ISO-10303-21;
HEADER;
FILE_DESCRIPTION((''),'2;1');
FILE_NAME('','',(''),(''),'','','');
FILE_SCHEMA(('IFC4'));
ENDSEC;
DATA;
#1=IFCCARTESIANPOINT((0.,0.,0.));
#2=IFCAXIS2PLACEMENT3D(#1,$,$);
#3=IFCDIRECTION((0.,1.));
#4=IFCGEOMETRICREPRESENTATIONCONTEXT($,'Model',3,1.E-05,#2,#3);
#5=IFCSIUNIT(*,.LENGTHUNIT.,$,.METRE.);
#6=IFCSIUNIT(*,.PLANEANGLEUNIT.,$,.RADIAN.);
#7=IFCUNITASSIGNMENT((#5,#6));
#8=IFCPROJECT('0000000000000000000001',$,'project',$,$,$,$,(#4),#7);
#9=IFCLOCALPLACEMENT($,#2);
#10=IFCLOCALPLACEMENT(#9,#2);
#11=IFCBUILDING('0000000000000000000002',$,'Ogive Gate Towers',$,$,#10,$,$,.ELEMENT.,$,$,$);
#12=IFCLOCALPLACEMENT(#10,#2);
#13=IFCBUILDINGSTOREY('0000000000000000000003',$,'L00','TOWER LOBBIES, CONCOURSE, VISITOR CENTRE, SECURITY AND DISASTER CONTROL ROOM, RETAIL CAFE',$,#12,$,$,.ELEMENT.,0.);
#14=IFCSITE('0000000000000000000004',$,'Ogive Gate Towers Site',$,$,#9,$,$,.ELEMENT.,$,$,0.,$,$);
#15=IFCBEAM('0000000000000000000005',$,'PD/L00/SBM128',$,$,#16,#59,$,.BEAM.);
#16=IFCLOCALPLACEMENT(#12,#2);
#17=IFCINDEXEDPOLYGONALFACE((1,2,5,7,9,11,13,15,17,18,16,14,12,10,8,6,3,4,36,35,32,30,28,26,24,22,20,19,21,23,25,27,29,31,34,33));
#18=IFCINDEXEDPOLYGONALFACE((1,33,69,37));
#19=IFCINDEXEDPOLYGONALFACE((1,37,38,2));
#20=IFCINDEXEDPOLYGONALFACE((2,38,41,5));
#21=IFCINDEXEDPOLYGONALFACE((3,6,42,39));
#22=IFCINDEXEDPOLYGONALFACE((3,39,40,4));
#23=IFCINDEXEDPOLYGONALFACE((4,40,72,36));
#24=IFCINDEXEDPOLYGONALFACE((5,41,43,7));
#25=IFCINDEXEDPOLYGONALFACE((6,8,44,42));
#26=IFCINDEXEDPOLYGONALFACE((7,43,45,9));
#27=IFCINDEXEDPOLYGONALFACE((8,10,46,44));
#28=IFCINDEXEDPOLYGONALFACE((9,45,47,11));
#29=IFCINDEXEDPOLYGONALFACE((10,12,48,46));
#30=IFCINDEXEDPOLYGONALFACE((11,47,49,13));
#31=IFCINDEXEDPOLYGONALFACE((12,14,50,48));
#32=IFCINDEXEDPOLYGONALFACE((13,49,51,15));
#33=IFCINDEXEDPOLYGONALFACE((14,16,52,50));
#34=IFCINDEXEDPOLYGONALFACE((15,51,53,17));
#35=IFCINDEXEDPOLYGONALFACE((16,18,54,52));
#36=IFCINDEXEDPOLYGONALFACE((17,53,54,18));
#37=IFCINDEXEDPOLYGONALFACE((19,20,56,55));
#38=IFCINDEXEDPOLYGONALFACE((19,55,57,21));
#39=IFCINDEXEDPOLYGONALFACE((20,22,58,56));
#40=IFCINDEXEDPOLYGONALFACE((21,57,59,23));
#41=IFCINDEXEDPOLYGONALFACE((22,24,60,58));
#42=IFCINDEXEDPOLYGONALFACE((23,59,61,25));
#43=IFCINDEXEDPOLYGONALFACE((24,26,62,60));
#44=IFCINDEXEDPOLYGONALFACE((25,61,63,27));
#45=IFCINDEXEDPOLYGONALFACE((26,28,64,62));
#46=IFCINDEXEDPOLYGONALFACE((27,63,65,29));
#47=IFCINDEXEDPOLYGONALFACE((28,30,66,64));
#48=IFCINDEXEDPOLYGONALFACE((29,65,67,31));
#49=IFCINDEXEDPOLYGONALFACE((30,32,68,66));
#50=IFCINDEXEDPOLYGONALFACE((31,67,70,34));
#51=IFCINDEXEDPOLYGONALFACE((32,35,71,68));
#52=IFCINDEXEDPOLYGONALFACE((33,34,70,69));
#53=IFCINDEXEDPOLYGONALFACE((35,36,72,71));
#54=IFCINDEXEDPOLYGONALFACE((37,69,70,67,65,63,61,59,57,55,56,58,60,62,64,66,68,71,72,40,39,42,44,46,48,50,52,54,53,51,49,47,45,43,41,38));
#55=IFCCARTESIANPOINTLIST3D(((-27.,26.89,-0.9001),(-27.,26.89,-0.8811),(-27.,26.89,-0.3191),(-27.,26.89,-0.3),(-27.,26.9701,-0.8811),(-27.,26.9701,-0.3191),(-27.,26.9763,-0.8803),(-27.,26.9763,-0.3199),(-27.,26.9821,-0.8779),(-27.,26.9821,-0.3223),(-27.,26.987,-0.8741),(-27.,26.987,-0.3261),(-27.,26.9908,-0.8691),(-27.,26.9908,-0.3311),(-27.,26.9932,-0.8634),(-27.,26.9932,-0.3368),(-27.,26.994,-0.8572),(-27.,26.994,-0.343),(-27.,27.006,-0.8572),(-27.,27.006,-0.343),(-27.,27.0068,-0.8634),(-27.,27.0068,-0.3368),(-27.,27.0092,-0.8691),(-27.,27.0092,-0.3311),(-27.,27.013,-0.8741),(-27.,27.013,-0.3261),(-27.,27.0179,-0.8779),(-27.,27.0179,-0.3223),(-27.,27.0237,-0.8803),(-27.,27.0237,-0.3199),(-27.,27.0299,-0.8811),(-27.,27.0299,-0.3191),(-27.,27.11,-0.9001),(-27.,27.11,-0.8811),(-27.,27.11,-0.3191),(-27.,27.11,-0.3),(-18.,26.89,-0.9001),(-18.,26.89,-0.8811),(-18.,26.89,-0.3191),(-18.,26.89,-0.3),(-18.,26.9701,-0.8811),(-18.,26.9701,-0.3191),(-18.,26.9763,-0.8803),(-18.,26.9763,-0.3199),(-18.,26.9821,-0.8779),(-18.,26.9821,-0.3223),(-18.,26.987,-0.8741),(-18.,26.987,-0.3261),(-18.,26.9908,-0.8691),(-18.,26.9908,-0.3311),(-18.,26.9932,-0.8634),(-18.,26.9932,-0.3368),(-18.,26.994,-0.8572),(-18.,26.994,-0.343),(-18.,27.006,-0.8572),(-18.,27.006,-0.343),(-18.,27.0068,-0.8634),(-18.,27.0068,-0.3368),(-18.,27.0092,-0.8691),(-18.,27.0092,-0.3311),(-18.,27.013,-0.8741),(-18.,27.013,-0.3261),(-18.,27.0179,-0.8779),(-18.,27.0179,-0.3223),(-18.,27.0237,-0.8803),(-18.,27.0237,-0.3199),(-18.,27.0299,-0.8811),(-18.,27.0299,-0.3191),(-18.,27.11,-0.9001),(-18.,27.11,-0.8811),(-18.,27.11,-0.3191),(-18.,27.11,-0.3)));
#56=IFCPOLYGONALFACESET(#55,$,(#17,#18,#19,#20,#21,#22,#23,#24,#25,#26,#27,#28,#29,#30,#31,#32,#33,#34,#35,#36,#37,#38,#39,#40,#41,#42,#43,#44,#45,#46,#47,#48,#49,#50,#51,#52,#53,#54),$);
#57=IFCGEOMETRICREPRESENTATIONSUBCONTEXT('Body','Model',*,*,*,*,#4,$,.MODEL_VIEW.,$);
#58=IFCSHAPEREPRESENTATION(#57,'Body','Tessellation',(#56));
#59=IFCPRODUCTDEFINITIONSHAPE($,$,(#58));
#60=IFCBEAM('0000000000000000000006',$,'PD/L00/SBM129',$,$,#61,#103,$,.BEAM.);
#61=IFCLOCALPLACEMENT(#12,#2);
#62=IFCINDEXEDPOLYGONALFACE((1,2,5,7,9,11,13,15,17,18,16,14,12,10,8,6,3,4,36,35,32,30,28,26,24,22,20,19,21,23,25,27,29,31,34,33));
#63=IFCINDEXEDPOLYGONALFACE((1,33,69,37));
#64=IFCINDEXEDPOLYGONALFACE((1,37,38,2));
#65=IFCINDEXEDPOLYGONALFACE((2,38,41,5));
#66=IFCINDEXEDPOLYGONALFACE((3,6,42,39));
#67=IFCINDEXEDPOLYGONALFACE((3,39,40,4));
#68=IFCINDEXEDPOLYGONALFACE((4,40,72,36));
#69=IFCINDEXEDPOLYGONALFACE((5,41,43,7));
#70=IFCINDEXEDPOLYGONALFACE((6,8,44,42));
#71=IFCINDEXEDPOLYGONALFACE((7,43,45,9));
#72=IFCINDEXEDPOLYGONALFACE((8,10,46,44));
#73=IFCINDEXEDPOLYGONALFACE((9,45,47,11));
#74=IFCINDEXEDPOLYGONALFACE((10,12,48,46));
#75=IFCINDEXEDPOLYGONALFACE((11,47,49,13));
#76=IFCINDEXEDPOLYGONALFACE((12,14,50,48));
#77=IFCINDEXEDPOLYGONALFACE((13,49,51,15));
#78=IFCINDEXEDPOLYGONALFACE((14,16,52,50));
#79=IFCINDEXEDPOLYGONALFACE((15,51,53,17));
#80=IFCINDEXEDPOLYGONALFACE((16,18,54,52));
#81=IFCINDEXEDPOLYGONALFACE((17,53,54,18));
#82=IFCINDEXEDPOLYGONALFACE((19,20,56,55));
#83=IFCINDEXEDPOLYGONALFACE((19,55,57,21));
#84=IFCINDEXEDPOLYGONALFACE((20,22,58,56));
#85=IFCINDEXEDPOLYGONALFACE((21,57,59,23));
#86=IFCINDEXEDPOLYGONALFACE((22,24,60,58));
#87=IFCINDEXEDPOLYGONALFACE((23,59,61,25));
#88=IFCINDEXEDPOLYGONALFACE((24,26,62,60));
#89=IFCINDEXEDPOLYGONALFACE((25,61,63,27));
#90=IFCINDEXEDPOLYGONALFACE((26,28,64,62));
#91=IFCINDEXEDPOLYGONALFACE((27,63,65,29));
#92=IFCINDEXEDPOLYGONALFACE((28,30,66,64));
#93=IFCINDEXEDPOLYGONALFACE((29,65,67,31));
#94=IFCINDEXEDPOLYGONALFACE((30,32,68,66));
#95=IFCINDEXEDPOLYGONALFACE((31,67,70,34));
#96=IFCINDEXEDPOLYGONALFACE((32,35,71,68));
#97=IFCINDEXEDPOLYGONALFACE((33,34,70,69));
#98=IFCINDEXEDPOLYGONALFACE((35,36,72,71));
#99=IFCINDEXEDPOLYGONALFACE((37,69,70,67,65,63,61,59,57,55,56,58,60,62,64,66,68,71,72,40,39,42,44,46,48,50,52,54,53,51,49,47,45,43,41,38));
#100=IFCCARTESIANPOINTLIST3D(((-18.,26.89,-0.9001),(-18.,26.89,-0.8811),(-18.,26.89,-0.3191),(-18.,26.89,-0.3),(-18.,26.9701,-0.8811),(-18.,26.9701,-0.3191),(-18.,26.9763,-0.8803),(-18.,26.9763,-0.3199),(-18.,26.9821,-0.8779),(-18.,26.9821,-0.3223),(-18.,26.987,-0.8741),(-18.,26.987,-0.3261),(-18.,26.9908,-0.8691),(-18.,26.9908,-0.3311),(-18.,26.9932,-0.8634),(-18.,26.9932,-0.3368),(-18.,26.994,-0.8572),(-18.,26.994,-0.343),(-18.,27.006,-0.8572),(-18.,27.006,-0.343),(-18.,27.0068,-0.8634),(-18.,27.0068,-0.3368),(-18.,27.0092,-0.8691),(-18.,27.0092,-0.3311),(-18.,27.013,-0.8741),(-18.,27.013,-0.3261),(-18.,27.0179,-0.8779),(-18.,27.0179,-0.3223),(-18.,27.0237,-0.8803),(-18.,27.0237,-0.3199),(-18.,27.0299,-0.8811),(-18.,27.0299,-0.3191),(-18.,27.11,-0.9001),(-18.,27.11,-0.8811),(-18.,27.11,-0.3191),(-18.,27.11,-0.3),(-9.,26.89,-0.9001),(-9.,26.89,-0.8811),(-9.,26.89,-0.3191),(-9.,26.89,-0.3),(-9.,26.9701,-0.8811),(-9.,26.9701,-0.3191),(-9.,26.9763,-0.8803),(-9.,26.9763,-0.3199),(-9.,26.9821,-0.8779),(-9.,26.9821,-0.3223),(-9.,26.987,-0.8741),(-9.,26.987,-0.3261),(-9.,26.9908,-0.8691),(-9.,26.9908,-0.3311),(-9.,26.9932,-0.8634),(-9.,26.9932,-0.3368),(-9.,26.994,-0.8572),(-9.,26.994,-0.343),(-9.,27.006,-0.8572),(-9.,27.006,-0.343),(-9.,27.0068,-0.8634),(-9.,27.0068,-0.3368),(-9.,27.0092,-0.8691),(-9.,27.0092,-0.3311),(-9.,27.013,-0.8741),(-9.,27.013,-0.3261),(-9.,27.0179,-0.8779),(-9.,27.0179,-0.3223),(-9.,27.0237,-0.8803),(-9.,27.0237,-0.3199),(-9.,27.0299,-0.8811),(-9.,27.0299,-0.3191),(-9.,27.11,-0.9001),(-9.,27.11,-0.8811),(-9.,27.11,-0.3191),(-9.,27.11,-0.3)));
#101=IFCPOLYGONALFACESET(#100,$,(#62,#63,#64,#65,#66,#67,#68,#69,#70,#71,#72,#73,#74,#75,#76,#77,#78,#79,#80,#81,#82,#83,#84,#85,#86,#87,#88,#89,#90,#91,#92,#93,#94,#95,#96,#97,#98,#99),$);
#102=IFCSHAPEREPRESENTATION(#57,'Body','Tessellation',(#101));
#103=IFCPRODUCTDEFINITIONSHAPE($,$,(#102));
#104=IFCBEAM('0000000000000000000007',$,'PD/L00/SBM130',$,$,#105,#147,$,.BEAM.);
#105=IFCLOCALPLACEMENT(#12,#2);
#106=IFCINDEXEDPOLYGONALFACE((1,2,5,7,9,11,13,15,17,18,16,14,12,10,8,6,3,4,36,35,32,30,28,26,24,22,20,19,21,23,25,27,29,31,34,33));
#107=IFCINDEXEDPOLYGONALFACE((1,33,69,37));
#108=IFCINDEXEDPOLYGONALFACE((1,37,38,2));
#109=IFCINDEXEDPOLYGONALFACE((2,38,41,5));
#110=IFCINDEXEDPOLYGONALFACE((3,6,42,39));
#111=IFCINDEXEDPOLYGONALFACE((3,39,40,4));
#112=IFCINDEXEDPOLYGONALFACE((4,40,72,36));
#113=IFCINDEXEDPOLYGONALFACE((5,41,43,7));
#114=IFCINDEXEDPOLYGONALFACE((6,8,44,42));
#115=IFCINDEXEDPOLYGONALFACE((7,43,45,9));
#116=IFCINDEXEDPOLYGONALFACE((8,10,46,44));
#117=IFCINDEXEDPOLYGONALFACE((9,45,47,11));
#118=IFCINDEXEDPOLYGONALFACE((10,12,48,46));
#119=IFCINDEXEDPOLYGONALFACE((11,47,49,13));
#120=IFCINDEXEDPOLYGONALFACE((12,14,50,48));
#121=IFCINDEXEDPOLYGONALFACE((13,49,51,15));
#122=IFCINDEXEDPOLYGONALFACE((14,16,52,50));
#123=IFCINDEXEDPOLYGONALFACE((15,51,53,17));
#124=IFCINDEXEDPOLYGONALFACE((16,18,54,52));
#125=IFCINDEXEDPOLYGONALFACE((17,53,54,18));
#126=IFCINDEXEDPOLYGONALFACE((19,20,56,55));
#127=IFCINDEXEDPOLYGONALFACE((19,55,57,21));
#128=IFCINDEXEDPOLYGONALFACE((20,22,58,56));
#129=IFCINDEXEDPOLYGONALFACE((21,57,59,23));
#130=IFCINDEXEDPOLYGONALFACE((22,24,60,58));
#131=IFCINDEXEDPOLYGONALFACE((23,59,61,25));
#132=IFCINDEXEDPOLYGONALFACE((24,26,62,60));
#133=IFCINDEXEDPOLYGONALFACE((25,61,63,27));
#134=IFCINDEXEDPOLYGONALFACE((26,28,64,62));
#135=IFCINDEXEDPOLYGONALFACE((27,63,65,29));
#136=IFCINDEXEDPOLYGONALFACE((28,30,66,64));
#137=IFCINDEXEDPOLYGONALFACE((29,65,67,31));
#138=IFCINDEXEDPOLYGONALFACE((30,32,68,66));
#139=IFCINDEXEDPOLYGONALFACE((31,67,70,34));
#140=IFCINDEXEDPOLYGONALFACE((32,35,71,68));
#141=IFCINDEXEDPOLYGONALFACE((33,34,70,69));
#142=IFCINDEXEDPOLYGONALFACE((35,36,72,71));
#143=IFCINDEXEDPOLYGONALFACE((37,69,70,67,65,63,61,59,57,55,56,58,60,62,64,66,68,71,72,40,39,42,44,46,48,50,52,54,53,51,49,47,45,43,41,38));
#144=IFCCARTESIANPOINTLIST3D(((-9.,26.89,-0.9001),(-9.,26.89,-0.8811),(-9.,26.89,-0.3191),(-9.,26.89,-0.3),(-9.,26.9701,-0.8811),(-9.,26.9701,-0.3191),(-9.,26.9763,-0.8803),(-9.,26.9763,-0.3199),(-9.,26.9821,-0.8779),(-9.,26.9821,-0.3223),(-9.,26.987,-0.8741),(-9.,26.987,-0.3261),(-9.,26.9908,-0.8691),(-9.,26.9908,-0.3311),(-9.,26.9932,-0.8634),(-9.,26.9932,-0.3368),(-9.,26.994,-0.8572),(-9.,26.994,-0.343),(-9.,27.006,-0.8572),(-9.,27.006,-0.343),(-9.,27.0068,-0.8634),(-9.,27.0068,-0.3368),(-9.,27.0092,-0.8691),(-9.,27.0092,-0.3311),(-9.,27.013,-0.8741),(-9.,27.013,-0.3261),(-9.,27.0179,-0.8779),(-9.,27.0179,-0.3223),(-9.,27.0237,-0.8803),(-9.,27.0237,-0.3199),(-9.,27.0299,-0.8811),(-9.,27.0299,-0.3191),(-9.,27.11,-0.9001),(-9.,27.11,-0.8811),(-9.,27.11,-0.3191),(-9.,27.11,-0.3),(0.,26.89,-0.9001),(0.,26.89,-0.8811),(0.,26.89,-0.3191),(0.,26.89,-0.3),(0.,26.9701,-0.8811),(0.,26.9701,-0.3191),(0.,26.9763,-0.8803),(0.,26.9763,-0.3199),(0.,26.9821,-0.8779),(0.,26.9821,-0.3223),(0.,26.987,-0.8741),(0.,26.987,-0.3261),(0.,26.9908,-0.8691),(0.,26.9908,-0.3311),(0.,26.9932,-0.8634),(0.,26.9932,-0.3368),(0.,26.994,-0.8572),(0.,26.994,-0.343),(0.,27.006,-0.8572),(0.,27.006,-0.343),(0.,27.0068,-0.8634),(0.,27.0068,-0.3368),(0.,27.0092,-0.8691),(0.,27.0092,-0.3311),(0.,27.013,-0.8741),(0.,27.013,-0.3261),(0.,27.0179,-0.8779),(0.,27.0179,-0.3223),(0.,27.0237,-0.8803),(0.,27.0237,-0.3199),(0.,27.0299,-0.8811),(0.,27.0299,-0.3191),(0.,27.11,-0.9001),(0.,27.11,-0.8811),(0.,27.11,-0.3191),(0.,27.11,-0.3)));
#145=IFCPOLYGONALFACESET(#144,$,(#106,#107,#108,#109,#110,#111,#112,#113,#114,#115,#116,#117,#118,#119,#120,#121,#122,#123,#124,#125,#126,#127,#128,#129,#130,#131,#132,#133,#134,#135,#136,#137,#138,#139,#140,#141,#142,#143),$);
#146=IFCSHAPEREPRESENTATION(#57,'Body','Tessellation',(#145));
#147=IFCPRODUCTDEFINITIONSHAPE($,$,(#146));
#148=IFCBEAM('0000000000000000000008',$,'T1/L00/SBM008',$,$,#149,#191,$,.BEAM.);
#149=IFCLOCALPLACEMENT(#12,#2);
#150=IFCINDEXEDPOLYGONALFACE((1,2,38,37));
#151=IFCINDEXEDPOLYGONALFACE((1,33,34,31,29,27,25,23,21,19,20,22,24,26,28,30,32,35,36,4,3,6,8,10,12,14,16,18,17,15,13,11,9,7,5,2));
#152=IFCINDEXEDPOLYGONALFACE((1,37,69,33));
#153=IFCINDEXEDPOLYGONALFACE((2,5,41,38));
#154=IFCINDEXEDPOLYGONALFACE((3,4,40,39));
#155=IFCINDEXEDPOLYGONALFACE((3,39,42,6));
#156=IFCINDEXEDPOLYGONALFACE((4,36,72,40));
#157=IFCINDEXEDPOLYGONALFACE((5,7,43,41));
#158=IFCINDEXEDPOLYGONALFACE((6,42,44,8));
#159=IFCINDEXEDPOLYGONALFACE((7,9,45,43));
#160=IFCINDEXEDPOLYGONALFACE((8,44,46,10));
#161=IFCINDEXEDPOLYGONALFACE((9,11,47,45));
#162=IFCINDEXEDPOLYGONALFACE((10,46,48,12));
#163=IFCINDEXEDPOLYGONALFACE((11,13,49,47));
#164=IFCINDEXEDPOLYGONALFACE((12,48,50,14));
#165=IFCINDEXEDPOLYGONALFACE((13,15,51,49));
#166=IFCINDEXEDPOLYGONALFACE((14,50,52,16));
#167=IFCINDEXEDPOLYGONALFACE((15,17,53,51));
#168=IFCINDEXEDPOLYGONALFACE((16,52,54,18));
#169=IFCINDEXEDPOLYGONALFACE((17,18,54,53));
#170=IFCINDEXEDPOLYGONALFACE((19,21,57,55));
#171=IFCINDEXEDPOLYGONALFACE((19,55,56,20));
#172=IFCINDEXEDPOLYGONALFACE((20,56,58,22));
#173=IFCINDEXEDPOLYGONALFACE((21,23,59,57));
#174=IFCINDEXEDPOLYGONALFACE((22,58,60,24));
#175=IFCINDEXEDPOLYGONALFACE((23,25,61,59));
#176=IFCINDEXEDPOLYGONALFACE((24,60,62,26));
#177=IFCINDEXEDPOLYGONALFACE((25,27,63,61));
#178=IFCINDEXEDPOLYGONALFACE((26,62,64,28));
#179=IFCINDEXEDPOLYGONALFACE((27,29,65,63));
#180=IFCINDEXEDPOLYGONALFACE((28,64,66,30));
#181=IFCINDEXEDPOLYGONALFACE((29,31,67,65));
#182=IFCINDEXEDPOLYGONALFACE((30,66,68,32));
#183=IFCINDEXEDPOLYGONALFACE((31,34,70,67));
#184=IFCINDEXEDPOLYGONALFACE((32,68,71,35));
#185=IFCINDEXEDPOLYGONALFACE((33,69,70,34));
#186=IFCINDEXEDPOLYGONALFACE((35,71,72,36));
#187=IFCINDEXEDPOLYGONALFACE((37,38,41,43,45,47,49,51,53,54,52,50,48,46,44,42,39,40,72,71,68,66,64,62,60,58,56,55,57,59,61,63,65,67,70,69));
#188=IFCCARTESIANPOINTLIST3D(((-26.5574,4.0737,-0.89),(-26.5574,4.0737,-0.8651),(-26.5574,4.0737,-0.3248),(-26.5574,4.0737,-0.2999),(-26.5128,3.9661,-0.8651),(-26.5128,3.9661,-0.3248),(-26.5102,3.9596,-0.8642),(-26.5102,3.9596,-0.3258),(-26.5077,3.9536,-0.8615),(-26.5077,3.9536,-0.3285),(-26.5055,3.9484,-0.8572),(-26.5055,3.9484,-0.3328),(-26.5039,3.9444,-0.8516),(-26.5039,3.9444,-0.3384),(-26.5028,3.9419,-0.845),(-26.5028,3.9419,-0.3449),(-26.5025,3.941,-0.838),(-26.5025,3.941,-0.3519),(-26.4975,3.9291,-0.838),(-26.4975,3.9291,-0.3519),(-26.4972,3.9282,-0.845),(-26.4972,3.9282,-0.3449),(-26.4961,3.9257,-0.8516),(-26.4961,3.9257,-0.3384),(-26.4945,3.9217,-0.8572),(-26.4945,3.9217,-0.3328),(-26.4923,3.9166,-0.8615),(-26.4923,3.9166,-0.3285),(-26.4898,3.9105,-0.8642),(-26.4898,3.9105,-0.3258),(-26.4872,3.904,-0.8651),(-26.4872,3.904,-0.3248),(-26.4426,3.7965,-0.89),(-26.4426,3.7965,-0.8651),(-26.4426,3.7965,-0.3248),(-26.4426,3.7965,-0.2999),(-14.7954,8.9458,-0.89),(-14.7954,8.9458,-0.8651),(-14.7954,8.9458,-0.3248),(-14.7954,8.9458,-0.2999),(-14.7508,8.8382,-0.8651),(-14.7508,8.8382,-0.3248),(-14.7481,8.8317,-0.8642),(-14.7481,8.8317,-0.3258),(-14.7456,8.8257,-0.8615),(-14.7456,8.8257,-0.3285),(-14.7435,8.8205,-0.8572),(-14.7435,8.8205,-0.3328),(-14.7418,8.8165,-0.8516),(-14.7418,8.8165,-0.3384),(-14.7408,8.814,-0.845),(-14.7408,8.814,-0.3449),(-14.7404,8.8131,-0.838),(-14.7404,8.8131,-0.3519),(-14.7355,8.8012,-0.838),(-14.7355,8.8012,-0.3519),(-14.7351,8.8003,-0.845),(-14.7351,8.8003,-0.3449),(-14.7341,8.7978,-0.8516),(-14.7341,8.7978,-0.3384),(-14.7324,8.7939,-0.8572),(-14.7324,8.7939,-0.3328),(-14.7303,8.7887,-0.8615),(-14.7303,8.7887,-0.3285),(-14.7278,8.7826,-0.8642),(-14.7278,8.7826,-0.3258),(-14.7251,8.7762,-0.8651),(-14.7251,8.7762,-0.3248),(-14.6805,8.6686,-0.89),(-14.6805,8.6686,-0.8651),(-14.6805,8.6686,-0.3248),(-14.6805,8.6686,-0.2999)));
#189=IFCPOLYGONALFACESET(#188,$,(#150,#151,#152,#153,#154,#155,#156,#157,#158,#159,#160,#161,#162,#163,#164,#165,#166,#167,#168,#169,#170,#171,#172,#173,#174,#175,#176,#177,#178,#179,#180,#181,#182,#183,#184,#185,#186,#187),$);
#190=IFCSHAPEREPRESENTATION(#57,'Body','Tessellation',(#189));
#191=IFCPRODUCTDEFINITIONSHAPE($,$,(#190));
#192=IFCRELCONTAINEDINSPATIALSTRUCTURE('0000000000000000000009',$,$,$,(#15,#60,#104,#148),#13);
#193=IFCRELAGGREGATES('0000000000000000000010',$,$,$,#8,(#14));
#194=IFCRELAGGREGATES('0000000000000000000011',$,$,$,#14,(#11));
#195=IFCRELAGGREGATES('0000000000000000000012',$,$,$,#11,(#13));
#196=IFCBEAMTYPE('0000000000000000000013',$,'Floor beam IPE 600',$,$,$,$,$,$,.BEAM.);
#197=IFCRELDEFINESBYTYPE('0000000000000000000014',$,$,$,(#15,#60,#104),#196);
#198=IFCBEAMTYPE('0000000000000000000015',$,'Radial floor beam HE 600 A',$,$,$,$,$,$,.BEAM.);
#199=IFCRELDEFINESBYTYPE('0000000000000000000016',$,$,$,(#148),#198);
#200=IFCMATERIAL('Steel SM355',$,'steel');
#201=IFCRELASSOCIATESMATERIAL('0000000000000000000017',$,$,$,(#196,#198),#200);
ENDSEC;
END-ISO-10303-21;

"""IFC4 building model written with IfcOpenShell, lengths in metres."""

from ifc_helpers import new_model, si_unit, direction, frame, origin, origin_2d, place, context, subcontext, project, spatial, i_section, extrude, material, material_profile, profile_set, type_object, element, save


model = new_model("IFC4")

# Units and contexts
model_context = context("Model", 3, precision=1e-05, world=origin(), true_north=direction((0.0, 1.0)))
body_context = subcontext(model_context, "Body", "Model", "MODEL_VIEW")
ifc_project = project(units=[si_unit("LENGTHUNIT", "METRE"), si_unit("PLANEANGLEUNIT", "RADIAN")], contexts=[model_context])

# Site, building, storey
site_placement = place(None, origin())
site = spatial("IfcSite", under=ifc_project, at=site_placement, Name="Ogive Gate Towers Site", CompositionType="ELEMENT", RefElevation=0.0)
building_placement = place(site_placement, origin())
building = spatial("IfcBuilding", under=site, at=building_placement, Name="Ogive Gate Towers", CompositionType="ELEMENT")
storey_placement = place(building_placement, origin())
storey = spatial("IfcBuildingStorey", under=building, at=storey_placement, Name="L00", Description="TOWER LOBBIES, CONCOURSE, VISITOR CENTRE, SECURITY AND DISASTER CONTROL ROOM, RETAIL CAFE", CompositionType="ELEMENT", Elevation=0.0)

# Beams
ifc_material_1 = material(Name="Steel SM355", Category="steel")
ifc_material_profile_1 = material_profile(ifc_material_1, i_section(OverallWidth=0.22, OverallDepth=0.6001, WebThickness=0.012, FlangeThickness=0.019, FilletRadius=0.0239, at=origin_2d()), Name="IPE 600")
ifc_profile_set_1 = profile_set([ifc_material_profile_1], Name="Steel SM355")
beam_type_1 = type_object("IfcBeamType", Name="Floor beam IPE 600", PredefinedType="BEAM", material=ifc_profile_set_1)
for number, where, z_axis, x_axis, name in (
    (1, (-27.0, 27.0, -0.6001), (1.0, 0.0, 0.0), (0.0, 1.0, 0.0), "PD/L00/SBM128"),
    (2, (-18.0, 27.0, -0.6001), (1.0, 0.0, 0.0), (0.0, 1.0, 0.0), "PD/L00/SBM129"),
    (3, (-9.0, 27.0, -0.6001), (1.0, 0.0, 0.0), (0.0, 1.0, 0.0), "PD/L00/SBM130"),
):
    element("IfcBeam", number, at=place(storey_placement, frame(where, z_axis=z_axis, x_axis=x_axis)), inside=storey, type_object=beam_type_1, Name=name, PredefinedType="BEAM", context=body_context, shape_type="SweptSolid", body=[
        extrude(i_section(OverallWidth=0.22, OverallDepth=0.6001, WebThickness=0.012, FlangeThickness=0.019, FilletRadius=0.0239, at=origin_2d()), origin(), (0.0, 0.0, 1.0), 9.0),
    ])
ifc_material_profile_2 = material_profile(ifc_material_1, i_section(OverallWidth=0.3, OverallDepth=0.5901, WebThickness=0.0129, FlangeThickness=0.0249, FilletRadius=0.0271, at=origin_2d()), Name="HE 600 A")
ifc_profile_set_2 = profile_set([ifc_material_profile_2], Name="Steel SM355")
beam_type_2 = type_object("IfcBeamType", Name="Radial floor beam HE 600 A", PredefinedType="BEAM", material=ifc_profile_set_2)
beam_1_placement = place(storey_placement, frame((-26.5, 3.9351, -0.595), z_axis=(0.923877, 0.382691, 0.0), x_axis=(-0.382691, 0.923877, 0.0)))
element("IfcBeam", 4, at=beam_1_placement, inside=storey, type_object=beam_type_2, Name="T1/L00/SBM008", PredefinedType="BEAM", context=body_context, shape_type="SweptSolid", body=[
    extrude(i_section(OverallWidth=0.3, OverallDepth=0.5901, WebThickness=0.0129, FlangeThickness=0.0249, FilletRadius=0.0271, at=origin_2d()), origin(), (0.0, 0.0, 1.0), 12.7312),
])

save(model, "model.ifc")
